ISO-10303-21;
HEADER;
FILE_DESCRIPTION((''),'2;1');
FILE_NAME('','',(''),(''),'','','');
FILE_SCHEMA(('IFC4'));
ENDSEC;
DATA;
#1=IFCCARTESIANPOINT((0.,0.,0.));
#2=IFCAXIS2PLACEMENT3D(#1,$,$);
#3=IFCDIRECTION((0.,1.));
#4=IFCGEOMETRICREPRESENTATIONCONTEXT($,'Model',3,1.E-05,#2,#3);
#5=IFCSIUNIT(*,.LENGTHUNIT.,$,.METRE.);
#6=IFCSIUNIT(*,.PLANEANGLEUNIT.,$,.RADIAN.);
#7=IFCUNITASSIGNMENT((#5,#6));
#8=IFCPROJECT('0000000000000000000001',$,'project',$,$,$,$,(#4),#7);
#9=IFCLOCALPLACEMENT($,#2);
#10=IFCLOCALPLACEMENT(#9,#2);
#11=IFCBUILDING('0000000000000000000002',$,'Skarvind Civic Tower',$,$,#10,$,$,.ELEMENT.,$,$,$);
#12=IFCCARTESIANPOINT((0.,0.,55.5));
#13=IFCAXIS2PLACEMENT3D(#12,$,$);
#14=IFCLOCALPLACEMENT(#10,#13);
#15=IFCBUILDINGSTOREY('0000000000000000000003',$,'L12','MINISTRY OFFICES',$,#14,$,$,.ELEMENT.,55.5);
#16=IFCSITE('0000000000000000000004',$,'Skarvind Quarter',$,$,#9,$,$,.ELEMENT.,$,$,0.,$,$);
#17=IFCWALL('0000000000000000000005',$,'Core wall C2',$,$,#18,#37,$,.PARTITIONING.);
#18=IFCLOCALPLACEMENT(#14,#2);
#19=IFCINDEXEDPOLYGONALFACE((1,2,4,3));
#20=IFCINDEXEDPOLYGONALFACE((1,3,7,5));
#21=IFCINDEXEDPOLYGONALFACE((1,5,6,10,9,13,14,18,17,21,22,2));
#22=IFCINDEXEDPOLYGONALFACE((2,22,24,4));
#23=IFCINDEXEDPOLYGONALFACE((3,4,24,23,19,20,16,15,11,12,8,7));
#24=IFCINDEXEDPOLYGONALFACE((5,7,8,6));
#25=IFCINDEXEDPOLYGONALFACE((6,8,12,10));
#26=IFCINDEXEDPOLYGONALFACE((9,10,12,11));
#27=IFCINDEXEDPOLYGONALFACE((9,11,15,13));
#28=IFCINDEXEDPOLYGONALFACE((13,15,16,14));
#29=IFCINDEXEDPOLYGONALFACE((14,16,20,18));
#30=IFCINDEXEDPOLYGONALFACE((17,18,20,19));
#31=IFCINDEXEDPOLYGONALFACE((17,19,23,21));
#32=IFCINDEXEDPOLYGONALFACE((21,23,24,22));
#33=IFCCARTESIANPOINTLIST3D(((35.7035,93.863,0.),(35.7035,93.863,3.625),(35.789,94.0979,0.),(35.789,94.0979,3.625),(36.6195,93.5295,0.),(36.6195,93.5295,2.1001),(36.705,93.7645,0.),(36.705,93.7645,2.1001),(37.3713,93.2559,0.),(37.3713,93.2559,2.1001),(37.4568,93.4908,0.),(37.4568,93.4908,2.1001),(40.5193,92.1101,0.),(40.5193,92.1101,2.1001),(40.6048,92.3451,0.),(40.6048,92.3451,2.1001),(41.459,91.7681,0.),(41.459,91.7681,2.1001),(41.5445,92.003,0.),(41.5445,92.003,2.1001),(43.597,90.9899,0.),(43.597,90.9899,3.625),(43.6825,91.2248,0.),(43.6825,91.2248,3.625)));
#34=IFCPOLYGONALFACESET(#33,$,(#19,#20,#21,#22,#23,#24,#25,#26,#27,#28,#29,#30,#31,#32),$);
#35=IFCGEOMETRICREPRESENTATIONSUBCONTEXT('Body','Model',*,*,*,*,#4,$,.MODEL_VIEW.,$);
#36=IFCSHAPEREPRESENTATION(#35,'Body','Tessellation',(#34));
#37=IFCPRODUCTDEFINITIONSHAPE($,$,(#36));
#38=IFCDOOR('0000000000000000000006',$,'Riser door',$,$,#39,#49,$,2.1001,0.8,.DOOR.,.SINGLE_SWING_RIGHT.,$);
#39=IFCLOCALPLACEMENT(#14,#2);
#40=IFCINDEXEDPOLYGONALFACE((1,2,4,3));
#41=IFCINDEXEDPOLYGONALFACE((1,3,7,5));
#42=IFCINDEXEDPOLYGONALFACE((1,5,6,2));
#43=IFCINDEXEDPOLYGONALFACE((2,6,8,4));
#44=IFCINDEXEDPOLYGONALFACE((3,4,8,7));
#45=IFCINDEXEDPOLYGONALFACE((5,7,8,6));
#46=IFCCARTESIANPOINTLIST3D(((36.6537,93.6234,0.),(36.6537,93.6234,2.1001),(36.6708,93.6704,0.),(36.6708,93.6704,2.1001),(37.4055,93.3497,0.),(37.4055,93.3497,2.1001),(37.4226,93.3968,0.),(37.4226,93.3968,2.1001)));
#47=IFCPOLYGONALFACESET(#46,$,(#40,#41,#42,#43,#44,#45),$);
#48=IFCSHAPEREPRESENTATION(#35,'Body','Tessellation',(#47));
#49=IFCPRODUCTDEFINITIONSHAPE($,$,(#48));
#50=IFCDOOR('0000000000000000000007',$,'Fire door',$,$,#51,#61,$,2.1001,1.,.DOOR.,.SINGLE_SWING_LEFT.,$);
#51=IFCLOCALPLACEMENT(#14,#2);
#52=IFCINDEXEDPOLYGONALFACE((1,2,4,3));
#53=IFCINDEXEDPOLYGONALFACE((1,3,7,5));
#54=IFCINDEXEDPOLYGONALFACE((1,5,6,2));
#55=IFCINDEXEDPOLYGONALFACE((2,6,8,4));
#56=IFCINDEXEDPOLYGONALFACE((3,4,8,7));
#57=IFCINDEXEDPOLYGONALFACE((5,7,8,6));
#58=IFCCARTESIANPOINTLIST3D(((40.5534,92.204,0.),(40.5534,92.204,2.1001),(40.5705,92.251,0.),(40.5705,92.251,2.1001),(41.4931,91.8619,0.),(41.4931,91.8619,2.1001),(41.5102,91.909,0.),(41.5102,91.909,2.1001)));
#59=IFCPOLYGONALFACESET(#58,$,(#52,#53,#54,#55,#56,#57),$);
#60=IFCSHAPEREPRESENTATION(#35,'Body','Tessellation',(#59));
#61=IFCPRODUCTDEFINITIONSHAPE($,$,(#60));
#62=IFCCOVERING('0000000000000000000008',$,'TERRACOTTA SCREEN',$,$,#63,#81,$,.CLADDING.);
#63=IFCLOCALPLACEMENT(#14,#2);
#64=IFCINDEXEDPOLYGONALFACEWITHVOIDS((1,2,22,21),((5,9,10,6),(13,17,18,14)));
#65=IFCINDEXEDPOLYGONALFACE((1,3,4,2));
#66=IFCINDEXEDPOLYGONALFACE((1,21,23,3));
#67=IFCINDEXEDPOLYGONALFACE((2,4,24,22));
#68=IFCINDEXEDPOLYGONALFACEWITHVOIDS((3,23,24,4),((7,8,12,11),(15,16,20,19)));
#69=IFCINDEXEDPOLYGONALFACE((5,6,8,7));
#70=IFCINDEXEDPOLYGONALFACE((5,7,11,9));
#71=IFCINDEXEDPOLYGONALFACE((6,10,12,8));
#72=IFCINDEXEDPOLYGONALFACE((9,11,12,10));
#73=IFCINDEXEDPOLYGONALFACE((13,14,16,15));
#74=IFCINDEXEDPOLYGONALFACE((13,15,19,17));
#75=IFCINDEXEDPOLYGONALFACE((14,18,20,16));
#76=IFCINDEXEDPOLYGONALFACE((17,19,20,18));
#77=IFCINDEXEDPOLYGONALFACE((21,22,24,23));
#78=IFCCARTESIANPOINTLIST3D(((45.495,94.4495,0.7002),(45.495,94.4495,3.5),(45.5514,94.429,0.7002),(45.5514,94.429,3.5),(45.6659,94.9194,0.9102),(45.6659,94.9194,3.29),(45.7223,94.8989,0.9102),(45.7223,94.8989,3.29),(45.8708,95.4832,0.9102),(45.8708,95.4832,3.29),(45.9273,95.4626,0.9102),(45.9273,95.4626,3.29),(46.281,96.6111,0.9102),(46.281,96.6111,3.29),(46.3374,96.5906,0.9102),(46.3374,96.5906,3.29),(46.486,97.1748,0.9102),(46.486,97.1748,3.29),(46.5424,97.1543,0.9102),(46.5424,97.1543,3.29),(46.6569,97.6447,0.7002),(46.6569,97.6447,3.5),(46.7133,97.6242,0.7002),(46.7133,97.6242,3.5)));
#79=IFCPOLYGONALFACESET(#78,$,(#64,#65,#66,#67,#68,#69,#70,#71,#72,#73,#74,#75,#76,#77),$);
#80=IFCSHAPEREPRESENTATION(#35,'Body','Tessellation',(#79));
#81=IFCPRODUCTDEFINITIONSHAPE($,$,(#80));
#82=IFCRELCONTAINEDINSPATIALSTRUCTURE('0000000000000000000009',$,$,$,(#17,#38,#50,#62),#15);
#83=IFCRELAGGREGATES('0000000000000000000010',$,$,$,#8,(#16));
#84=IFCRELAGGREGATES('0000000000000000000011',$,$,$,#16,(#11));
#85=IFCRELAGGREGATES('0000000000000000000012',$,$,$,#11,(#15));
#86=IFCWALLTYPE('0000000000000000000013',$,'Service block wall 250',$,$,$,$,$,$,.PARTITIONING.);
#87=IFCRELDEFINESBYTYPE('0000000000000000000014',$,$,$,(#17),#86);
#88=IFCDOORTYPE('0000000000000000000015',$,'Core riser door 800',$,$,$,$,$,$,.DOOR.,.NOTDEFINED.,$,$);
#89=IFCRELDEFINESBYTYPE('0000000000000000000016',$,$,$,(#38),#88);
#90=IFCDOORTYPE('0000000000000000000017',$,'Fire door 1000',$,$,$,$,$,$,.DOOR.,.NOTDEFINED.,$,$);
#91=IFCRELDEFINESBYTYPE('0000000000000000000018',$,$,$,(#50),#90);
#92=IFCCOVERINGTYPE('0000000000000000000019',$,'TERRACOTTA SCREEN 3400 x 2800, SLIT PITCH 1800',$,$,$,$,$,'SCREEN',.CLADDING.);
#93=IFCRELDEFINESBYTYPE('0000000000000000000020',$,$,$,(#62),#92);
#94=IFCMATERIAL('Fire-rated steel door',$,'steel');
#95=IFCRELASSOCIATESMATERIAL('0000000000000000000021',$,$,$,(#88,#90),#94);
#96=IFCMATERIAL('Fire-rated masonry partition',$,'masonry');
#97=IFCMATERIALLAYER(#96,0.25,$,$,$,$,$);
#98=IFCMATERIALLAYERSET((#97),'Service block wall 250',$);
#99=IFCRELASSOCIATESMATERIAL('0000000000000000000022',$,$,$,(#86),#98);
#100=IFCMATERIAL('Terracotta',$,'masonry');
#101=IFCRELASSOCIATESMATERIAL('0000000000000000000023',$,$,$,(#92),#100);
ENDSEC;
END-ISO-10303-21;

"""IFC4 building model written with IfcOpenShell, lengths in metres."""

from ifc_helpers import new_model, si_unit, direction, frame, frame_2d, origin, place, context, subcontext, project, spatial, polyline, rectangle, outline, extrude, material, layer, layer_set, material_profile, profile_set, type_object, element, fill, save


model = new_model("IFC4")

# Units and contexts
model_context = context("Model", 3, precision=1e-05, world=origin(), true_north=direction((0.0, 1.0)))
body_context = subcontext(model_context, "Body", "Model", "MODEL_VIEW")
ifc_project = project(units=[si_unit("LENGTHUNIT", "METRE"), si_unit("PLANEANGLEUNIT", "RADIAN")], contexts=[model_context])

# Site, building, storey
site_placement = place(None, origin())
site = spatial("IfcSite", under=ifc_project, at=site_placement, Name="Skarvind Quarter", CompositionType="ELEMENT", RefElevation=0.0)
building_placement = place(site_placement, origin())
building = spatial("IfcBuilding", under=site, at=building_placement, Name="Skarvind Civic Tower", CompositionType="ELEMENT")
storey_placement = place(building_placement, frame((0.0, 0.0, 55.5)))
storey = spatial("IfcBuildingStorey", under=building, at=storey_placement, Name="L12", Description="MINISTRY OFFICES", CompositionType="ELEMENT", Elevation=55.5)

# Shared definitions
ifc_material_1 = material(Name="Fire-rated masonry partition", Category="masonry")
ifc_material_2 = material(Name="Fire-rated steel door", Category="steel")

# Shared definitions
door_type_1 = type_object("IfcDoorType", Name="Core riser door 800", OperationType="NOTDEFINED", PredefinedType="DOOR", material=ifc_material_2)

# Wall, openings, doors
ifc_layer_1 = layer(ifc_material_1, 0.25)
ifc_layer_set_1 = layer_set([ifc_layer_1], Name="Service block wall 250")
wall_type_1 = type_object("IfcWallType", Name="Service block wall 250", PredefinedType="PARTITIONING", material=ifc_layer_set_1)
wall_1_placement = place(storey_placement, frame((35.7461, 93.9805, 0.0), z_axis=(0.0, 0.0, 1.0), x_axis=(0.939692, -0.342023, 0.0)))
wall_1 = element("IfcWall", 1, at=wall_1_placement, inside=storey, type_object=wall_type_1, Name="Core wall C2", PredefinedType="PARTITIONING", context=body_context, shape_type="SweptSolid", body=[
    extrude(rectangle(XDim=8.4001, YDim=0.25, at=frame_2d((4.2002, 0.0))), origin(), (0.0, 0.0, 1.0), 3.625),
])
opening_1_placement = place(wall_1_placement, frame((0.9751, 0.0, 0.0)))
opening_1 = element("IfcOpeningElement", 2, at=opening_1_placement, cuts=wall_1, PredefinedType="OPENING", context=body_context, shape_type="SweptSolid", body=[
    extrude(rectangle(XDim=0.8, YDim=2.1001, at=frame_2d((0.3999, 1.05))), frame((0.0, 0.135, 0.0), z_axis=(0.0, -1.0, 0.0), x_axis=(1.0, 0.0, 0.0)), (0.0, 0.0, 1.0), 0.27),
])
opening_2_placement = place(wall_1_placement, frame((5.125, 0.0, 0.0)))
opening_2 = element("IfcOpeningElement", 3, at=opening_2_placement, cuts=wall_1, PredefinedType="OPENING", context=body_context, shape_type="SweptSolid", body=[
    extrude(rectangle(XDim=1.0, YDim=2.1001, at=frame_2d((0.5, 1.05))), frame((0.0, 0.135, 0.0), z_axis=(0.0, -1.0, 0.0), x_axis=(1.0, 0.0, 0.0)), (0.0, 0.0, 1.0), 0.27),
])
door_1_placement = place(opening_1_placement, origin())
door_1 = element("IfcDoor", 4, at=door_1_placement, inside=storey, type_object=door_type_1, Name="Riser door", OperationType="SINGLE_SWING_RIGHT", OverallHeight=2.1001, OverallWidth=0.8, PredefinedType="DOOR", context=body_context, shape_type="SweptSolid", body=[
    extrude(rectangle(XDim=0.8, YDim=2.1001, at=frame_2d((0.3999, 1.05))), frame((0.0, 0.0249, 0.0), z_axis=(0.0, -1.0, 0.0), x_axis=(1.0, 0.0, 0.0)), (0.0, 0.0, 1.0), 0.05),
])
fill(opening_1, door_1)
door_type_2 = type_object("IfcDoorType", Name="Fire door 1000", OperationType="NOTDEFINED", PredefinedType="DOOR", material=ifc_material_2)
door_2_placement = place(opening_2_placement, origin())
door_2 = element("IfcDoor", 5, at=door_2_placement, inside=storey, type_object=door_type_2, Name="Fire door", OperationType="SINGLE_SWING_LEFT", OverallHeight=2.1001, OverallWidth=1.0, PredefinedType="DOOR", context=body_context, shape_type="SweptSolid", body=[
    extrude(rectangle(XDim=1.0, YDim=2.1001, at=frame_2d((0.5, 1.05))), frame((0.0, 0.0249, 0.0), z_axis=(0.0, -1.0, 0.0), x_axis=(1.0, 0.0, 0.0)), (0.0, 0.0, 1.0), 0.05),
])
fill(opening_2, door_2)

# Covering
ifc_material_3 = material(Name="Terracotta", Category="masonry")
ifc_material_profile_1 = material_profile(ifc_material_3, outline(polyline([(-1.7, -1.3999), (1.7, -1.3999), (1.7, 1.3999), (-1.7, 1.3999), (-1.7, -1.3999)]), holes=[polyline([(-1.2, -1.1899), (-0.6001, -1.1899), (-0.6001, 1.1899), (-1.2, 1.1899), (-1.2, -1.1899)]), polyline([(0.6001, -1.1899), (1.2, -1.1899), (1.2, 1.1899), (0.6001, 1.1899), (0.6001, -1.1899)])]), Name="TERRACOTTA SCREEN 3400 x 2800, SLIT PITCH 1800")
ifc_profile_set_1 = profile_set([ifc_material_profile_1], Name="Terracotta")
covering_type = type_object("IfcCoveringType", Name="TERRACOTTA SCREEN 3400 x 2800, SLIT PITCH 1800", ElementType="SCREEN", PredefinedType="CLADDING", material=ifc_profile_set_1)
covering_placement = place(storey_placement, frame((46.0759, 96.0471, 2.1001), z_axis=(0.939793, -0.341743, 0.0), x_axis=(0.341743, 0.939793, 0.0)))
element("IfcCovering", 6, at=covering_placement, inside=storey, type_object=covering_type, Name="TERRACOTTA SCREEN", PredefinedType="CLADDING", context=body_context, shape_type="SweptSolid", body=[
    extrude(outline(polyline([(-1.7, -1.3999), (1.7, -1.3999), (1.7, 1.3999), (-1.7, 1.3999), (-1.7, -1.3999)]), holes=[polyline([(-1.2, -1.1899), (-0.6001, -1.1899), (-0.6001, 1.1899), (-1.2, 1.1899), (-1.2, -1.1899)]), polyline([(0.6001, -1.1899), (1.2, -1.1899), (1.2, 1.1899), (0.6001, 1.1899), (0.6001, -1.1899)])]), origin(), (0.0, 0.0, 1.0), 0.0601),
])

save(model, "model.ifc")
